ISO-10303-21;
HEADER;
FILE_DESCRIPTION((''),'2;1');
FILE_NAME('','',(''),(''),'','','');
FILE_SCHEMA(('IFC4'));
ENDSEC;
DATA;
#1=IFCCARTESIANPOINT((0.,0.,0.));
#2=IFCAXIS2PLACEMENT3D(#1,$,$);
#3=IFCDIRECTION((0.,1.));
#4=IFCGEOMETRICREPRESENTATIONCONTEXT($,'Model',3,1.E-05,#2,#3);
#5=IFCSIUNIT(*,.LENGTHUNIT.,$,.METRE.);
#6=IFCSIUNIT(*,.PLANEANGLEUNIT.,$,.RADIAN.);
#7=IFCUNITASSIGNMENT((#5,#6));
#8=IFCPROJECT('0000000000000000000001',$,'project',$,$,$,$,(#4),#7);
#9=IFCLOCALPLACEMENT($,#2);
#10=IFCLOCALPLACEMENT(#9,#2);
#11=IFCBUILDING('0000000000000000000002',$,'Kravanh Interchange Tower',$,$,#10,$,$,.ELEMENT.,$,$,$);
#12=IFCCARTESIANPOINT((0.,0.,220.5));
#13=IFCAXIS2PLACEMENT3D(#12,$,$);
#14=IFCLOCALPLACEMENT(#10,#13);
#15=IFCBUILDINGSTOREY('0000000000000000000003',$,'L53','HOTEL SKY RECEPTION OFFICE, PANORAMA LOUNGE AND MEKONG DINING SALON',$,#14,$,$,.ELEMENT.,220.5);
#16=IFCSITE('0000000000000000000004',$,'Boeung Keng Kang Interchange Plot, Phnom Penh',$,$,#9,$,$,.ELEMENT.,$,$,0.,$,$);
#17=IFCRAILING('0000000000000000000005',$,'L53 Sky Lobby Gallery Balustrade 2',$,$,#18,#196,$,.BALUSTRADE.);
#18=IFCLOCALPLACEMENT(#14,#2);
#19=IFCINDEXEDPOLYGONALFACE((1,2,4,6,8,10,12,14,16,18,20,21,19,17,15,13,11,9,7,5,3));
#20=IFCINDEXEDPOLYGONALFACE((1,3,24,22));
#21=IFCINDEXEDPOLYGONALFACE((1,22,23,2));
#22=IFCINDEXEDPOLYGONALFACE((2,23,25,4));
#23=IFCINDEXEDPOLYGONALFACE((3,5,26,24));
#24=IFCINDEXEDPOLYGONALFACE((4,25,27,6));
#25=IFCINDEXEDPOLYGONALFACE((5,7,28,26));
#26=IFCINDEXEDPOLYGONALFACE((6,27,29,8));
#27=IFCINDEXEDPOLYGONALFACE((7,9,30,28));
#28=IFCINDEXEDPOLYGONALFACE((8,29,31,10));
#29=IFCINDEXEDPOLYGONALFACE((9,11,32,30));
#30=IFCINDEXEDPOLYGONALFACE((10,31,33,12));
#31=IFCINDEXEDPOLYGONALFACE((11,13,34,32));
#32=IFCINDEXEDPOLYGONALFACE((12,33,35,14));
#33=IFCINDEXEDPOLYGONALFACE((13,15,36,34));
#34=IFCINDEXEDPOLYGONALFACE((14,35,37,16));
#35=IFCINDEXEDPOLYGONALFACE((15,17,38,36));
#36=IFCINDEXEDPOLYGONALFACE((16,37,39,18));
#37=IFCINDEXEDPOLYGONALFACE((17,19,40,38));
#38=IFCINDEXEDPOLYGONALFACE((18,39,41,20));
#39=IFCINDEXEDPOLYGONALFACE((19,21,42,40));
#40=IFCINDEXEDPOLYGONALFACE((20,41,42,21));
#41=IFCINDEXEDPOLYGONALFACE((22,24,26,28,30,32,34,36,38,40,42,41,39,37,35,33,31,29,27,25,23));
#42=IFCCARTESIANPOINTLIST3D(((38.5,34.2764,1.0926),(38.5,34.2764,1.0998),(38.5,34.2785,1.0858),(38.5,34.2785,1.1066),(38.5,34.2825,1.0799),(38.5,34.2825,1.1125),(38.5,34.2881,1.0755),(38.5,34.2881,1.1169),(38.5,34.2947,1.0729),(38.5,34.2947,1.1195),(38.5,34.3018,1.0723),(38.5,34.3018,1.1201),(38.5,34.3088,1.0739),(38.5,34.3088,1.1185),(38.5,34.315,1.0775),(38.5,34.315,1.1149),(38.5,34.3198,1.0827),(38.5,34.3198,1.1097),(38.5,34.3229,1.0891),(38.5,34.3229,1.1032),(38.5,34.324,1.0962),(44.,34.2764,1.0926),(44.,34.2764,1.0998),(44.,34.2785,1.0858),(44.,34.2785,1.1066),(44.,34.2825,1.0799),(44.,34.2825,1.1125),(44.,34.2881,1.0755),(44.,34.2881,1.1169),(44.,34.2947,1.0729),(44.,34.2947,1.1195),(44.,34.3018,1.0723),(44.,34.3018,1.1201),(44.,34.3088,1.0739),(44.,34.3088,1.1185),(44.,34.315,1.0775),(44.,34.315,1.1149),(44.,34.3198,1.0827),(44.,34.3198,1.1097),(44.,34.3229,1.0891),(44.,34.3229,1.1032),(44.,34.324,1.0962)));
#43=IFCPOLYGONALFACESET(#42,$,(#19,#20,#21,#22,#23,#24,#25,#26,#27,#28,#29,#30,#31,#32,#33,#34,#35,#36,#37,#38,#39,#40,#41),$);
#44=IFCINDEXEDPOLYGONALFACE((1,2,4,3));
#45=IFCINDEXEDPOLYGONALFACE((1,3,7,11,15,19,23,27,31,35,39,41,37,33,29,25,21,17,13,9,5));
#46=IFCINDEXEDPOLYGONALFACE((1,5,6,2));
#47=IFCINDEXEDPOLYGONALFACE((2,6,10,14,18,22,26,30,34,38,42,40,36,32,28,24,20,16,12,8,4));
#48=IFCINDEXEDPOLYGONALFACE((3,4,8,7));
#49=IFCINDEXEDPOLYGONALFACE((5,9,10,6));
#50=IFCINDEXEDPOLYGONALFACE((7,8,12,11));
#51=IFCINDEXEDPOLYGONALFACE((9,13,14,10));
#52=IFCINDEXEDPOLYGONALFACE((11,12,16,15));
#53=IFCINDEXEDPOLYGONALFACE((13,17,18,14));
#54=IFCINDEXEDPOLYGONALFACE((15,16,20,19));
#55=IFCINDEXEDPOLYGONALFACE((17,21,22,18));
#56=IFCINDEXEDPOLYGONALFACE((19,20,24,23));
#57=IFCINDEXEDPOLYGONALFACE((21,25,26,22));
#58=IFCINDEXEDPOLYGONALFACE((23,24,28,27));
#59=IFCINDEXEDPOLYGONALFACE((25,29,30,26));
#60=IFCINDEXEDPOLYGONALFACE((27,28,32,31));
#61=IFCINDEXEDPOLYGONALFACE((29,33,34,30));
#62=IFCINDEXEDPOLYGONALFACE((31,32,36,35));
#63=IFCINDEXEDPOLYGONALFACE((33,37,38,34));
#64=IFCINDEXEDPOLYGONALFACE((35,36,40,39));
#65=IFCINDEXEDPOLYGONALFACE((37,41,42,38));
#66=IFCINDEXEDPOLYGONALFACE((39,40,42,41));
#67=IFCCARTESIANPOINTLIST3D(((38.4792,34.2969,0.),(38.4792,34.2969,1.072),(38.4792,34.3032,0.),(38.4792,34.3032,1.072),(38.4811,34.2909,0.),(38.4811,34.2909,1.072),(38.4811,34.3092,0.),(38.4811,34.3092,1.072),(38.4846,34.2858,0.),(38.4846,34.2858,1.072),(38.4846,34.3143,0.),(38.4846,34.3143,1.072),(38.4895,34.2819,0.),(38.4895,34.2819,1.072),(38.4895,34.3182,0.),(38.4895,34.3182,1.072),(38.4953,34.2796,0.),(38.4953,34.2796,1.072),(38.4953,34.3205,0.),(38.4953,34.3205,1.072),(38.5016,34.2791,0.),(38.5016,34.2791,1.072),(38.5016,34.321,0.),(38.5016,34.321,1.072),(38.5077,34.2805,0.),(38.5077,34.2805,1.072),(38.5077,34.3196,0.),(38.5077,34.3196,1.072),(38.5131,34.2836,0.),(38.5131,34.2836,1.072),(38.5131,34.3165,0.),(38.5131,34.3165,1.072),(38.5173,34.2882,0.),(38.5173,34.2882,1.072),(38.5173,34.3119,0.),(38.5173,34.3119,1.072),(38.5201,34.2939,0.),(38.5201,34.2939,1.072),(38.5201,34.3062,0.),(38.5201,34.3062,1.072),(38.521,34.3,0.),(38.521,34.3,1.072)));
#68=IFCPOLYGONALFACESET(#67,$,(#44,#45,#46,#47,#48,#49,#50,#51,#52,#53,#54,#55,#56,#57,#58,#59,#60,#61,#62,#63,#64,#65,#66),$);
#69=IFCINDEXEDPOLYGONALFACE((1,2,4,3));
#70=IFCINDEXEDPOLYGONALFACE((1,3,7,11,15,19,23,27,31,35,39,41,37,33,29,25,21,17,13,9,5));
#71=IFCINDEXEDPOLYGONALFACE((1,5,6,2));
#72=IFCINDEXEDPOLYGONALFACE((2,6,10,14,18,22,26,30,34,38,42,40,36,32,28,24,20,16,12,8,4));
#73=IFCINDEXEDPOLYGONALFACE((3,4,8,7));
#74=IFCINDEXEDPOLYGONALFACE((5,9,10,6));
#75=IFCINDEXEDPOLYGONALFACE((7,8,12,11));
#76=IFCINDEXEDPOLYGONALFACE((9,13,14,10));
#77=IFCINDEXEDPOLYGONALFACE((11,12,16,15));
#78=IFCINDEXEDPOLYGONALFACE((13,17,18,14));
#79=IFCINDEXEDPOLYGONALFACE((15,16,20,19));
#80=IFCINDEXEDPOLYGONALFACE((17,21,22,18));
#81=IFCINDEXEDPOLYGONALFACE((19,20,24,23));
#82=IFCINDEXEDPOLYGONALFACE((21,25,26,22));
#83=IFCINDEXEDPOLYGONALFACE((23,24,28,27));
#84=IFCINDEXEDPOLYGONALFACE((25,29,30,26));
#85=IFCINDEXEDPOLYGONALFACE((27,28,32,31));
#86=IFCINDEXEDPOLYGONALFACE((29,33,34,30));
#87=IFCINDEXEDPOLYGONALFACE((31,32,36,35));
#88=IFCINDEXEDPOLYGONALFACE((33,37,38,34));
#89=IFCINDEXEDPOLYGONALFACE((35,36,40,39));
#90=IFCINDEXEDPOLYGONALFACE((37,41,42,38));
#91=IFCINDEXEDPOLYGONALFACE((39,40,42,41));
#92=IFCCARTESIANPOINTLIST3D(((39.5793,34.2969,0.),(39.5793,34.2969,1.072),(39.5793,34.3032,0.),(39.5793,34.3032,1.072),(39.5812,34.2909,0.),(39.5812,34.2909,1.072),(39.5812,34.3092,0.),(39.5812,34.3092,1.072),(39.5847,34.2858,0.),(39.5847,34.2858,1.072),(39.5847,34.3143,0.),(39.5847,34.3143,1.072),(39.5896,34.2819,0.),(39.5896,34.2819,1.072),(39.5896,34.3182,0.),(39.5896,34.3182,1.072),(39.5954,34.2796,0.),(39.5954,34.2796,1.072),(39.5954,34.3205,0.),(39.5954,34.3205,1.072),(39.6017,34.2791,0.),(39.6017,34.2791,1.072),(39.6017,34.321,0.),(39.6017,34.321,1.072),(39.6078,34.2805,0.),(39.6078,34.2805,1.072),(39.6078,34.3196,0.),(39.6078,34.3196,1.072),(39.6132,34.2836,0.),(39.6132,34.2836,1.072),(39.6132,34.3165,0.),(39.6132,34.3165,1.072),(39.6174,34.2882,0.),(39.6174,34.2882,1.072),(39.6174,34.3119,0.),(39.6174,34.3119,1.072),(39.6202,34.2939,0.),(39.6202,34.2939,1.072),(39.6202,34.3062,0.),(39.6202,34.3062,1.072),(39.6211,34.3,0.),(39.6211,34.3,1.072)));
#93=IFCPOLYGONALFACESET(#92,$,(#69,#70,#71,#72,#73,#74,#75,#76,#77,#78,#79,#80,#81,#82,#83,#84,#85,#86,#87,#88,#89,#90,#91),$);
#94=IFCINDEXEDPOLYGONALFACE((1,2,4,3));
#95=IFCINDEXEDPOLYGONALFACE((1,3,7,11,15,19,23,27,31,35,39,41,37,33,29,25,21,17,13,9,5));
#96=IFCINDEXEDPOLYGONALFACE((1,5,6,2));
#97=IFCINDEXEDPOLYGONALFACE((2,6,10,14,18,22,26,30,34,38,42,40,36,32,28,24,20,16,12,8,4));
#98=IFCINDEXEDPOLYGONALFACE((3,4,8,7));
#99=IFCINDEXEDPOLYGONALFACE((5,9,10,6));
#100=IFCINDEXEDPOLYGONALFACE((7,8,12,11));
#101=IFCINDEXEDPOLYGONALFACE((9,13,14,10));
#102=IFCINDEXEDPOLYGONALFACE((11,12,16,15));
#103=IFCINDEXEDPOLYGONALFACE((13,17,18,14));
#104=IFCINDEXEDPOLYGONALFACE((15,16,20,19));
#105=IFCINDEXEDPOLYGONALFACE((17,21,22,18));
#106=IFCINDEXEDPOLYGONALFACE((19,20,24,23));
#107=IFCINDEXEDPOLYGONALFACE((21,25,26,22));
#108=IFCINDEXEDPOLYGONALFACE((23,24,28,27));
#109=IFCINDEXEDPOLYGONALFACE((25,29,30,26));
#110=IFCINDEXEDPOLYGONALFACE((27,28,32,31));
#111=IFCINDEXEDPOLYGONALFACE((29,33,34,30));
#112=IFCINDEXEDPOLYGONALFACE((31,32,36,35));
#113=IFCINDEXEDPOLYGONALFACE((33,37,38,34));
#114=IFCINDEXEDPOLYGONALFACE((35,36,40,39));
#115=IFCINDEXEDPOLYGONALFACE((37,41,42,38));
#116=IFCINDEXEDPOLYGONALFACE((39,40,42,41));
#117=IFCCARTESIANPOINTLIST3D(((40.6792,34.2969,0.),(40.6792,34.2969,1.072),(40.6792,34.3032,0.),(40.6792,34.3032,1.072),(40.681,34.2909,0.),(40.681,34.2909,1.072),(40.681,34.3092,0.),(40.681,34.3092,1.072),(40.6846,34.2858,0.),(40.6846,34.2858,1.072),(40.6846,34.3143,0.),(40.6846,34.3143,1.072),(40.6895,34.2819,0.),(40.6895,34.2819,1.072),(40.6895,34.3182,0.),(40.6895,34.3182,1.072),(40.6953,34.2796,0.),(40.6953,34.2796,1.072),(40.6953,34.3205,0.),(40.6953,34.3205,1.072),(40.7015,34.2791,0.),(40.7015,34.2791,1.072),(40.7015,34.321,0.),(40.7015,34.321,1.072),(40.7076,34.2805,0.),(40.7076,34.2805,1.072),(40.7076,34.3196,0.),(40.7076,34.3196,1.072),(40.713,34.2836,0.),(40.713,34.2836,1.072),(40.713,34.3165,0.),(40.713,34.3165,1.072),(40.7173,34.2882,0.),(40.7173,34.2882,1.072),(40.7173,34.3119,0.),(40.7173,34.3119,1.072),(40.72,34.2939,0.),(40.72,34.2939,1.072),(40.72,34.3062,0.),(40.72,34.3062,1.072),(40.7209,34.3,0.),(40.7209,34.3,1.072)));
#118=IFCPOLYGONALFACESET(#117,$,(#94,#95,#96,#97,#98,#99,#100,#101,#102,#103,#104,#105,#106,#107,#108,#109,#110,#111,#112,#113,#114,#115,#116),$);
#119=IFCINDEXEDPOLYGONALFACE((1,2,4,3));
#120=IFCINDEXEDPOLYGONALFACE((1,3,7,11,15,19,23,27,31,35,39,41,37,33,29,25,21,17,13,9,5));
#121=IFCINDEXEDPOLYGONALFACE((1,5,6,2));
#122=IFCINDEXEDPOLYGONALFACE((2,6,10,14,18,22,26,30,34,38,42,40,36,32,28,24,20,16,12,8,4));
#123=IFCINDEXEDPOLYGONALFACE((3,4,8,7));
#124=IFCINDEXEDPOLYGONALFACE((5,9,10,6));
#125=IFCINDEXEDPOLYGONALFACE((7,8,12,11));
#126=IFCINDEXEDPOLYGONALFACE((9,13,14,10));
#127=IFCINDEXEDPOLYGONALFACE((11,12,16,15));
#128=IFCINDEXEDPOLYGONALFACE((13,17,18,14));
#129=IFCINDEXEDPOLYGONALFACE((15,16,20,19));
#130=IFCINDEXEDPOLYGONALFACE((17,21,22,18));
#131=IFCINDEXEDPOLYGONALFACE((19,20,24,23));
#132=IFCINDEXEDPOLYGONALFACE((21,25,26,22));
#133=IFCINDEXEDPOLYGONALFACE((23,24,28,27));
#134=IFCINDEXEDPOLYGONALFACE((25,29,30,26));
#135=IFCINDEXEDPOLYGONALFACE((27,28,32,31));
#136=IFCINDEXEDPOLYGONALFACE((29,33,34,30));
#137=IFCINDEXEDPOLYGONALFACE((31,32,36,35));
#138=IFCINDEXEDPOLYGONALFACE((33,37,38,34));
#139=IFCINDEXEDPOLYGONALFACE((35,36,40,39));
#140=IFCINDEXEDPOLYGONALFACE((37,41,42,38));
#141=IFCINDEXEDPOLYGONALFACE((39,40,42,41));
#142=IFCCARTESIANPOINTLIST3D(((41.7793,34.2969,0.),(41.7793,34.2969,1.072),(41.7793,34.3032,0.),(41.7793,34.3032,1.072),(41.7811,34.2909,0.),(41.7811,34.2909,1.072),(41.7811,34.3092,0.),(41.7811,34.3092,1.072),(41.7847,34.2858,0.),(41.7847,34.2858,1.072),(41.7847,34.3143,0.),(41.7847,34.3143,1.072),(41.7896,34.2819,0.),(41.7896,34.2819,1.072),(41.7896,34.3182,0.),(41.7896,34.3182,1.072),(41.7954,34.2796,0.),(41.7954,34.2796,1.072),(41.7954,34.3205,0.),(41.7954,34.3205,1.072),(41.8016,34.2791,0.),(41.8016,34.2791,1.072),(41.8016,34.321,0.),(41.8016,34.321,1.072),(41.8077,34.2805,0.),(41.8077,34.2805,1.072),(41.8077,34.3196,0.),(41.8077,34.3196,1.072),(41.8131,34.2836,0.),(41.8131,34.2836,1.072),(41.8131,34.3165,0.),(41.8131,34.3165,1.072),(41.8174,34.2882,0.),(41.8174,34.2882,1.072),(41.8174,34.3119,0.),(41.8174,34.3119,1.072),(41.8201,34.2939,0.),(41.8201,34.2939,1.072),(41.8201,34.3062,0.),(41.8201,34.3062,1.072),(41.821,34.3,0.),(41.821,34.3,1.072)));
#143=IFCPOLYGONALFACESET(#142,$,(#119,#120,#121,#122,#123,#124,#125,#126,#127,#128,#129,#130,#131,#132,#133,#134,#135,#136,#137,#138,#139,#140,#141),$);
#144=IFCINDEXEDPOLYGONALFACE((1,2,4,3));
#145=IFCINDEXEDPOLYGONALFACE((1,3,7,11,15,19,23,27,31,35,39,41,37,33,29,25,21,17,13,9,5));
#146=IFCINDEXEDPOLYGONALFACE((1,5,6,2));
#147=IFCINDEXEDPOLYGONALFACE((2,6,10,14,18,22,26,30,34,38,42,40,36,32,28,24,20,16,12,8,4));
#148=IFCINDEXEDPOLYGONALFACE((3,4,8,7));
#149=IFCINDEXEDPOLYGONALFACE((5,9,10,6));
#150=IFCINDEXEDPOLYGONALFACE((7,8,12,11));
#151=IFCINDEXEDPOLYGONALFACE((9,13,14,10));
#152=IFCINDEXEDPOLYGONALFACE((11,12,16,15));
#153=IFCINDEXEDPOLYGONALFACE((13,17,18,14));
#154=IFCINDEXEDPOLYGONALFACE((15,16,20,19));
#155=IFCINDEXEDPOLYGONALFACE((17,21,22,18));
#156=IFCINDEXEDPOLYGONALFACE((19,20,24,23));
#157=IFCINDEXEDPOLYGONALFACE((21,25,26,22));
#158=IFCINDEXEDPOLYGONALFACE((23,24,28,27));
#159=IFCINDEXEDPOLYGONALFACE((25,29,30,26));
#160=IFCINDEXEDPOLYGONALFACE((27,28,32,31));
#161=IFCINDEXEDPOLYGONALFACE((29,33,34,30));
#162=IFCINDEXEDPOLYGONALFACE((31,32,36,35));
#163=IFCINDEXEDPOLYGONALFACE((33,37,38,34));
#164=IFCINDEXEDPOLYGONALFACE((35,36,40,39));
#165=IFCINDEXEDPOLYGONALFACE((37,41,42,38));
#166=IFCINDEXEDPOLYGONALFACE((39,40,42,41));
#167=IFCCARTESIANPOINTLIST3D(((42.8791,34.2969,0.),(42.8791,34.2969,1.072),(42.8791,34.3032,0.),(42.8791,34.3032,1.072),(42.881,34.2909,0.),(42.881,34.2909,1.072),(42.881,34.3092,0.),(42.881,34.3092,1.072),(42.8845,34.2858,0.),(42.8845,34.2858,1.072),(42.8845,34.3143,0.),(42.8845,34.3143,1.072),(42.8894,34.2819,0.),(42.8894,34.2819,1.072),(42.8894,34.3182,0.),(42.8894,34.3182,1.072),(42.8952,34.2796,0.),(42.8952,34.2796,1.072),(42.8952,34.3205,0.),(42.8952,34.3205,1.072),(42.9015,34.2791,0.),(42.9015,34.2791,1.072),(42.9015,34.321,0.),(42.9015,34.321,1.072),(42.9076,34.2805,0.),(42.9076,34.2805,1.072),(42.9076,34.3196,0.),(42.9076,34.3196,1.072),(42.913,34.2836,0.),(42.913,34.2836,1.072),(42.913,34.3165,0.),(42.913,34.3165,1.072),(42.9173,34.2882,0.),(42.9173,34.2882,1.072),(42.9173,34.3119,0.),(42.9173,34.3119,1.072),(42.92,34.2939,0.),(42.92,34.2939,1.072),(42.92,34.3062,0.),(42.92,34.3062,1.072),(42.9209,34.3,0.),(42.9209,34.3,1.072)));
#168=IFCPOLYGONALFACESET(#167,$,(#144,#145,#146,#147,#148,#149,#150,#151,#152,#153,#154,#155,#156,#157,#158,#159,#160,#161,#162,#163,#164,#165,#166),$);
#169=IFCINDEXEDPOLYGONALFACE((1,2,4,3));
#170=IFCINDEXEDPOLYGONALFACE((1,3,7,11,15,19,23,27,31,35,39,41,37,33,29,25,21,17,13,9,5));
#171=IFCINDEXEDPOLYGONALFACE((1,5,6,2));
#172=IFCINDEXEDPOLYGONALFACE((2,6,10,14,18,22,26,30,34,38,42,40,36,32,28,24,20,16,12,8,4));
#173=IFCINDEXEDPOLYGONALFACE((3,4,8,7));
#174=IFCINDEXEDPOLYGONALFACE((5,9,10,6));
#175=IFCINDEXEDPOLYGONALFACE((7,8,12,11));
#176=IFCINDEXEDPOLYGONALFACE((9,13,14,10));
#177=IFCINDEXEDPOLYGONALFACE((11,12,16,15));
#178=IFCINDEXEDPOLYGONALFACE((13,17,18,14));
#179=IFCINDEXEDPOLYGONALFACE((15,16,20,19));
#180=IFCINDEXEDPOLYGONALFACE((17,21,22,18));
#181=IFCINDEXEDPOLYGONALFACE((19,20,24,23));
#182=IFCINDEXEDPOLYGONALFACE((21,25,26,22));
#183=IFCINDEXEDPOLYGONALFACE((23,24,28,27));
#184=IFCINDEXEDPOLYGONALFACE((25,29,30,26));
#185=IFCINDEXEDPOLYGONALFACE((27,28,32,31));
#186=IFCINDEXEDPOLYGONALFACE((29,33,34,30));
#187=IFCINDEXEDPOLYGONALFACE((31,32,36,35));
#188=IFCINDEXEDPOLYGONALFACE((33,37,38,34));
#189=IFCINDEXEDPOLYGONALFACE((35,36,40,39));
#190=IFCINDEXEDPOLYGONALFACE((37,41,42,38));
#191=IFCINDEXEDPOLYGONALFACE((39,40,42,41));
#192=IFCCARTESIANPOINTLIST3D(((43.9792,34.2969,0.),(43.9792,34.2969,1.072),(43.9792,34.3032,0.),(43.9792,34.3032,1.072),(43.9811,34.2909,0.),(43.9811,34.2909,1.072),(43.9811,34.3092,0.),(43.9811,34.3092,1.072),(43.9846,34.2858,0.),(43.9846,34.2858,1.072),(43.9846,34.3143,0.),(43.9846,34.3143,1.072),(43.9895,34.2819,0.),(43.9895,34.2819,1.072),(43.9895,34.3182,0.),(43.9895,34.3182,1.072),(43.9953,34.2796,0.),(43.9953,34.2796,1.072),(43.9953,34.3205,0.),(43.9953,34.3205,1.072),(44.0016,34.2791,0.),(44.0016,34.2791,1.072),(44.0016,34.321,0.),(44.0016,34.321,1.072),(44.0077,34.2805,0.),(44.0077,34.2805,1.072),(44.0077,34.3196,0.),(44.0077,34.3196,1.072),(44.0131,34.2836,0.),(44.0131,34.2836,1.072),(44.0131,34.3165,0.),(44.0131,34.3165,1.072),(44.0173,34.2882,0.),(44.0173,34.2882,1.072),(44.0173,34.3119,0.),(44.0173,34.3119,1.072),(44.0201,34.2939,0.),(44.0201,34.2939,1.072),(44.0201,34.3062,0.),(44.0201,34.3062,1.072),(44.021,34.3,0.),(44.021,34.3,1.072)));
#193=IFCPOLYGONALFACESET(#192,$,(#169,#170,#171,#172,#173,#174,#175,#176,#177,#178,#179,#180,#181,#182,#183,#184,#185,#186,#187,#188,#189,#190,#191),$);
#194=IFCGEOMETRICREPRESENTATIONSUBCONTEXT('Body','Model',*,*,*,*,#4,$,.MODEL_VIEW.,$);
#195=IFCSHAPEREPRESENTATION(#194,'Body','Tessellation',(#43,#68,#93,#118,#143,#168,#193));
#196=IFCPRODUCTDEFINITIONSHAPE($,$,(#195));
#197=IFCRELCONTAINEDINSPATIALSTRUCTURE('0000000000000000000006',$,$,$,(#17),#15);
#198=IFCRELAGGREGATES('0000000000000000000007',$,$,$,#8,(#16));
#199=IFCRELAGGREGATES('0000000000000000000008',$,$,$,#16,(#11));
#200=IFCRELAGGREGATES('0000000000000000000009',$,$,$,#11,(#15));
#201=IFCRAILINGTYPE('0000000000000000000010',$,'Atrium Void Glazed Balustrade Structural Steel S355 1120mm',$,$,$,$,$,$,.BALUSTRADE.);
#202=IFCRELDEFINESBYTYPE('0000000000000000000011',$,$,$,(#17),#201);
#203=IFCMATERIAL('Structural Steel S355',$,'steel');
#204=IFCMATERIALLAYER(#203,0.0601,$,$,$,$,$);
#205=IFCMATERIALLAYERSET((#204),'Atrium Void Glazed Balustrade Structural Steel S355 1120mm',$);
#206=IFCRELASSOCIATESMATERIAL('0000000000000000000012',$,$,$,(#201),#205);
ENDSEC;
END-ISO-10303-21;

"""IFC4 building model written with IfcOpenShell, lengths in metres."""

from ifc_helpers import new_model, si_unit, direction, frame, origin, origin_2d, place, context, subcontext, project, spatial, circle, extrude, material, layer, layer_set, type_object, element, save


model = new_model("IFC4")

# Units and contexts
model_context = context("Model", 3, precision=1e-05, world=origin(), true_north=direction((0.0, 1.0)))
body_context = subcontext(model_context, "Body", "Model", "MODEL_VIEW")
ifc_project = project(units=[si_unit("LENGTHUNIT", "METRE"), si_unit("PLANEANGLEUNIT", "RADIAN")], contexts=[model_context])

# Site, building, storey
site_placement = place(None, origin())
site = spatial("IfcSite", under=ifc_project, at=site_placement, Name="Boeung Keng Kang Interchange Plot, Phnom Penh", CompositionType="ELEMENT", RefElevation=0.0)
building_placement = place(site_placement, origin())
building = spatial("IfcBuilding", under=site, at=building_placement, Name="Kravanh Interchange Tower", CompositionType="ELEMENT")
storey_placement = place(building_placement, frame((0.0, 0.0, 220.5)))
storey = spatial("IfcBuildingStorey", under=building, at=storey_placement, Name="L53", Description="HOTEL SKY RECEPTION OFFICE, PANORAMA LOUNGE AND MEKONG DINING SALON", CompositionType="ELEMENT", Elevation=220.5)

# Railing
ifc_material_1 = material(Name="Structural Steel S355", Category="steel")
ifc_layer = layer(ifc_material_1, 0.0601)
ifc_layer_set = layer_set([ifc_layer], Name="Atrium Void Glazed Balustrade Structural Steel S355 1120mm")
railing_type = type_object("IfcRailingType", Name="Atrium Void Glazed Balustrade Structural Steel S355 1120mm", PredefinedType="BALUSTRADE", material=ifc_layer_set)
railing_1_placement = place(storey_placement, frame((38.5, 34.3, 0.0)))
element("IfcRailing", 1, at=railing_1_placement, inside=storey, type_object=railing_type, Name="L53 Sky Lobby Gallery Balustrade 2", PredefinedType="BALUSTRADE", context=body_context, shape_type="SweptSolid", body=[
    extrude(circle(Radius=0.0239, at=origin_2d()), frame((0.0, 0.0, 1.0962), z_axis=(1.0, 0.0, 0.0), x_axis=(0.0, 1.0, 0.0)), (0.0, 0.0, 1.0), 5.5),
    extrude(circle(Radius=0.021, at=origin_2d()), origin(), (0.0, 0.0, 1.0), 1.072),
    extrude(circle(Radius=0.021, at=origin_2d()), frame((1.1001, 0.0, 0.0)), (0.0, 0.0, 1.0), 1.072),
    extrude(circle(Radius=0.021, at=origin_2d()), frame((2.2, 0.0, 0.0)), (0.0, 0.0, 1.0), 1.072),
    extrude(circle(Radius=0.021, at=origin_2d()), frame((3.3, 0.0, 0.0)), (0.0, 0.0, 1.0), 1.072),
    extrude(circle(Radius=0.021, at=origin_2d()), frame((4.3999, 0.0, 0.0)), (0.0, 0.0, 1.0), 1.072),
    extrude(circle(Radius=0.021, at=origin_2d()), frame((5.5, 0.0, 0.0)), (0.0, 0.0, 1.0), 1.072),
])

save(model, "model.ifc")
